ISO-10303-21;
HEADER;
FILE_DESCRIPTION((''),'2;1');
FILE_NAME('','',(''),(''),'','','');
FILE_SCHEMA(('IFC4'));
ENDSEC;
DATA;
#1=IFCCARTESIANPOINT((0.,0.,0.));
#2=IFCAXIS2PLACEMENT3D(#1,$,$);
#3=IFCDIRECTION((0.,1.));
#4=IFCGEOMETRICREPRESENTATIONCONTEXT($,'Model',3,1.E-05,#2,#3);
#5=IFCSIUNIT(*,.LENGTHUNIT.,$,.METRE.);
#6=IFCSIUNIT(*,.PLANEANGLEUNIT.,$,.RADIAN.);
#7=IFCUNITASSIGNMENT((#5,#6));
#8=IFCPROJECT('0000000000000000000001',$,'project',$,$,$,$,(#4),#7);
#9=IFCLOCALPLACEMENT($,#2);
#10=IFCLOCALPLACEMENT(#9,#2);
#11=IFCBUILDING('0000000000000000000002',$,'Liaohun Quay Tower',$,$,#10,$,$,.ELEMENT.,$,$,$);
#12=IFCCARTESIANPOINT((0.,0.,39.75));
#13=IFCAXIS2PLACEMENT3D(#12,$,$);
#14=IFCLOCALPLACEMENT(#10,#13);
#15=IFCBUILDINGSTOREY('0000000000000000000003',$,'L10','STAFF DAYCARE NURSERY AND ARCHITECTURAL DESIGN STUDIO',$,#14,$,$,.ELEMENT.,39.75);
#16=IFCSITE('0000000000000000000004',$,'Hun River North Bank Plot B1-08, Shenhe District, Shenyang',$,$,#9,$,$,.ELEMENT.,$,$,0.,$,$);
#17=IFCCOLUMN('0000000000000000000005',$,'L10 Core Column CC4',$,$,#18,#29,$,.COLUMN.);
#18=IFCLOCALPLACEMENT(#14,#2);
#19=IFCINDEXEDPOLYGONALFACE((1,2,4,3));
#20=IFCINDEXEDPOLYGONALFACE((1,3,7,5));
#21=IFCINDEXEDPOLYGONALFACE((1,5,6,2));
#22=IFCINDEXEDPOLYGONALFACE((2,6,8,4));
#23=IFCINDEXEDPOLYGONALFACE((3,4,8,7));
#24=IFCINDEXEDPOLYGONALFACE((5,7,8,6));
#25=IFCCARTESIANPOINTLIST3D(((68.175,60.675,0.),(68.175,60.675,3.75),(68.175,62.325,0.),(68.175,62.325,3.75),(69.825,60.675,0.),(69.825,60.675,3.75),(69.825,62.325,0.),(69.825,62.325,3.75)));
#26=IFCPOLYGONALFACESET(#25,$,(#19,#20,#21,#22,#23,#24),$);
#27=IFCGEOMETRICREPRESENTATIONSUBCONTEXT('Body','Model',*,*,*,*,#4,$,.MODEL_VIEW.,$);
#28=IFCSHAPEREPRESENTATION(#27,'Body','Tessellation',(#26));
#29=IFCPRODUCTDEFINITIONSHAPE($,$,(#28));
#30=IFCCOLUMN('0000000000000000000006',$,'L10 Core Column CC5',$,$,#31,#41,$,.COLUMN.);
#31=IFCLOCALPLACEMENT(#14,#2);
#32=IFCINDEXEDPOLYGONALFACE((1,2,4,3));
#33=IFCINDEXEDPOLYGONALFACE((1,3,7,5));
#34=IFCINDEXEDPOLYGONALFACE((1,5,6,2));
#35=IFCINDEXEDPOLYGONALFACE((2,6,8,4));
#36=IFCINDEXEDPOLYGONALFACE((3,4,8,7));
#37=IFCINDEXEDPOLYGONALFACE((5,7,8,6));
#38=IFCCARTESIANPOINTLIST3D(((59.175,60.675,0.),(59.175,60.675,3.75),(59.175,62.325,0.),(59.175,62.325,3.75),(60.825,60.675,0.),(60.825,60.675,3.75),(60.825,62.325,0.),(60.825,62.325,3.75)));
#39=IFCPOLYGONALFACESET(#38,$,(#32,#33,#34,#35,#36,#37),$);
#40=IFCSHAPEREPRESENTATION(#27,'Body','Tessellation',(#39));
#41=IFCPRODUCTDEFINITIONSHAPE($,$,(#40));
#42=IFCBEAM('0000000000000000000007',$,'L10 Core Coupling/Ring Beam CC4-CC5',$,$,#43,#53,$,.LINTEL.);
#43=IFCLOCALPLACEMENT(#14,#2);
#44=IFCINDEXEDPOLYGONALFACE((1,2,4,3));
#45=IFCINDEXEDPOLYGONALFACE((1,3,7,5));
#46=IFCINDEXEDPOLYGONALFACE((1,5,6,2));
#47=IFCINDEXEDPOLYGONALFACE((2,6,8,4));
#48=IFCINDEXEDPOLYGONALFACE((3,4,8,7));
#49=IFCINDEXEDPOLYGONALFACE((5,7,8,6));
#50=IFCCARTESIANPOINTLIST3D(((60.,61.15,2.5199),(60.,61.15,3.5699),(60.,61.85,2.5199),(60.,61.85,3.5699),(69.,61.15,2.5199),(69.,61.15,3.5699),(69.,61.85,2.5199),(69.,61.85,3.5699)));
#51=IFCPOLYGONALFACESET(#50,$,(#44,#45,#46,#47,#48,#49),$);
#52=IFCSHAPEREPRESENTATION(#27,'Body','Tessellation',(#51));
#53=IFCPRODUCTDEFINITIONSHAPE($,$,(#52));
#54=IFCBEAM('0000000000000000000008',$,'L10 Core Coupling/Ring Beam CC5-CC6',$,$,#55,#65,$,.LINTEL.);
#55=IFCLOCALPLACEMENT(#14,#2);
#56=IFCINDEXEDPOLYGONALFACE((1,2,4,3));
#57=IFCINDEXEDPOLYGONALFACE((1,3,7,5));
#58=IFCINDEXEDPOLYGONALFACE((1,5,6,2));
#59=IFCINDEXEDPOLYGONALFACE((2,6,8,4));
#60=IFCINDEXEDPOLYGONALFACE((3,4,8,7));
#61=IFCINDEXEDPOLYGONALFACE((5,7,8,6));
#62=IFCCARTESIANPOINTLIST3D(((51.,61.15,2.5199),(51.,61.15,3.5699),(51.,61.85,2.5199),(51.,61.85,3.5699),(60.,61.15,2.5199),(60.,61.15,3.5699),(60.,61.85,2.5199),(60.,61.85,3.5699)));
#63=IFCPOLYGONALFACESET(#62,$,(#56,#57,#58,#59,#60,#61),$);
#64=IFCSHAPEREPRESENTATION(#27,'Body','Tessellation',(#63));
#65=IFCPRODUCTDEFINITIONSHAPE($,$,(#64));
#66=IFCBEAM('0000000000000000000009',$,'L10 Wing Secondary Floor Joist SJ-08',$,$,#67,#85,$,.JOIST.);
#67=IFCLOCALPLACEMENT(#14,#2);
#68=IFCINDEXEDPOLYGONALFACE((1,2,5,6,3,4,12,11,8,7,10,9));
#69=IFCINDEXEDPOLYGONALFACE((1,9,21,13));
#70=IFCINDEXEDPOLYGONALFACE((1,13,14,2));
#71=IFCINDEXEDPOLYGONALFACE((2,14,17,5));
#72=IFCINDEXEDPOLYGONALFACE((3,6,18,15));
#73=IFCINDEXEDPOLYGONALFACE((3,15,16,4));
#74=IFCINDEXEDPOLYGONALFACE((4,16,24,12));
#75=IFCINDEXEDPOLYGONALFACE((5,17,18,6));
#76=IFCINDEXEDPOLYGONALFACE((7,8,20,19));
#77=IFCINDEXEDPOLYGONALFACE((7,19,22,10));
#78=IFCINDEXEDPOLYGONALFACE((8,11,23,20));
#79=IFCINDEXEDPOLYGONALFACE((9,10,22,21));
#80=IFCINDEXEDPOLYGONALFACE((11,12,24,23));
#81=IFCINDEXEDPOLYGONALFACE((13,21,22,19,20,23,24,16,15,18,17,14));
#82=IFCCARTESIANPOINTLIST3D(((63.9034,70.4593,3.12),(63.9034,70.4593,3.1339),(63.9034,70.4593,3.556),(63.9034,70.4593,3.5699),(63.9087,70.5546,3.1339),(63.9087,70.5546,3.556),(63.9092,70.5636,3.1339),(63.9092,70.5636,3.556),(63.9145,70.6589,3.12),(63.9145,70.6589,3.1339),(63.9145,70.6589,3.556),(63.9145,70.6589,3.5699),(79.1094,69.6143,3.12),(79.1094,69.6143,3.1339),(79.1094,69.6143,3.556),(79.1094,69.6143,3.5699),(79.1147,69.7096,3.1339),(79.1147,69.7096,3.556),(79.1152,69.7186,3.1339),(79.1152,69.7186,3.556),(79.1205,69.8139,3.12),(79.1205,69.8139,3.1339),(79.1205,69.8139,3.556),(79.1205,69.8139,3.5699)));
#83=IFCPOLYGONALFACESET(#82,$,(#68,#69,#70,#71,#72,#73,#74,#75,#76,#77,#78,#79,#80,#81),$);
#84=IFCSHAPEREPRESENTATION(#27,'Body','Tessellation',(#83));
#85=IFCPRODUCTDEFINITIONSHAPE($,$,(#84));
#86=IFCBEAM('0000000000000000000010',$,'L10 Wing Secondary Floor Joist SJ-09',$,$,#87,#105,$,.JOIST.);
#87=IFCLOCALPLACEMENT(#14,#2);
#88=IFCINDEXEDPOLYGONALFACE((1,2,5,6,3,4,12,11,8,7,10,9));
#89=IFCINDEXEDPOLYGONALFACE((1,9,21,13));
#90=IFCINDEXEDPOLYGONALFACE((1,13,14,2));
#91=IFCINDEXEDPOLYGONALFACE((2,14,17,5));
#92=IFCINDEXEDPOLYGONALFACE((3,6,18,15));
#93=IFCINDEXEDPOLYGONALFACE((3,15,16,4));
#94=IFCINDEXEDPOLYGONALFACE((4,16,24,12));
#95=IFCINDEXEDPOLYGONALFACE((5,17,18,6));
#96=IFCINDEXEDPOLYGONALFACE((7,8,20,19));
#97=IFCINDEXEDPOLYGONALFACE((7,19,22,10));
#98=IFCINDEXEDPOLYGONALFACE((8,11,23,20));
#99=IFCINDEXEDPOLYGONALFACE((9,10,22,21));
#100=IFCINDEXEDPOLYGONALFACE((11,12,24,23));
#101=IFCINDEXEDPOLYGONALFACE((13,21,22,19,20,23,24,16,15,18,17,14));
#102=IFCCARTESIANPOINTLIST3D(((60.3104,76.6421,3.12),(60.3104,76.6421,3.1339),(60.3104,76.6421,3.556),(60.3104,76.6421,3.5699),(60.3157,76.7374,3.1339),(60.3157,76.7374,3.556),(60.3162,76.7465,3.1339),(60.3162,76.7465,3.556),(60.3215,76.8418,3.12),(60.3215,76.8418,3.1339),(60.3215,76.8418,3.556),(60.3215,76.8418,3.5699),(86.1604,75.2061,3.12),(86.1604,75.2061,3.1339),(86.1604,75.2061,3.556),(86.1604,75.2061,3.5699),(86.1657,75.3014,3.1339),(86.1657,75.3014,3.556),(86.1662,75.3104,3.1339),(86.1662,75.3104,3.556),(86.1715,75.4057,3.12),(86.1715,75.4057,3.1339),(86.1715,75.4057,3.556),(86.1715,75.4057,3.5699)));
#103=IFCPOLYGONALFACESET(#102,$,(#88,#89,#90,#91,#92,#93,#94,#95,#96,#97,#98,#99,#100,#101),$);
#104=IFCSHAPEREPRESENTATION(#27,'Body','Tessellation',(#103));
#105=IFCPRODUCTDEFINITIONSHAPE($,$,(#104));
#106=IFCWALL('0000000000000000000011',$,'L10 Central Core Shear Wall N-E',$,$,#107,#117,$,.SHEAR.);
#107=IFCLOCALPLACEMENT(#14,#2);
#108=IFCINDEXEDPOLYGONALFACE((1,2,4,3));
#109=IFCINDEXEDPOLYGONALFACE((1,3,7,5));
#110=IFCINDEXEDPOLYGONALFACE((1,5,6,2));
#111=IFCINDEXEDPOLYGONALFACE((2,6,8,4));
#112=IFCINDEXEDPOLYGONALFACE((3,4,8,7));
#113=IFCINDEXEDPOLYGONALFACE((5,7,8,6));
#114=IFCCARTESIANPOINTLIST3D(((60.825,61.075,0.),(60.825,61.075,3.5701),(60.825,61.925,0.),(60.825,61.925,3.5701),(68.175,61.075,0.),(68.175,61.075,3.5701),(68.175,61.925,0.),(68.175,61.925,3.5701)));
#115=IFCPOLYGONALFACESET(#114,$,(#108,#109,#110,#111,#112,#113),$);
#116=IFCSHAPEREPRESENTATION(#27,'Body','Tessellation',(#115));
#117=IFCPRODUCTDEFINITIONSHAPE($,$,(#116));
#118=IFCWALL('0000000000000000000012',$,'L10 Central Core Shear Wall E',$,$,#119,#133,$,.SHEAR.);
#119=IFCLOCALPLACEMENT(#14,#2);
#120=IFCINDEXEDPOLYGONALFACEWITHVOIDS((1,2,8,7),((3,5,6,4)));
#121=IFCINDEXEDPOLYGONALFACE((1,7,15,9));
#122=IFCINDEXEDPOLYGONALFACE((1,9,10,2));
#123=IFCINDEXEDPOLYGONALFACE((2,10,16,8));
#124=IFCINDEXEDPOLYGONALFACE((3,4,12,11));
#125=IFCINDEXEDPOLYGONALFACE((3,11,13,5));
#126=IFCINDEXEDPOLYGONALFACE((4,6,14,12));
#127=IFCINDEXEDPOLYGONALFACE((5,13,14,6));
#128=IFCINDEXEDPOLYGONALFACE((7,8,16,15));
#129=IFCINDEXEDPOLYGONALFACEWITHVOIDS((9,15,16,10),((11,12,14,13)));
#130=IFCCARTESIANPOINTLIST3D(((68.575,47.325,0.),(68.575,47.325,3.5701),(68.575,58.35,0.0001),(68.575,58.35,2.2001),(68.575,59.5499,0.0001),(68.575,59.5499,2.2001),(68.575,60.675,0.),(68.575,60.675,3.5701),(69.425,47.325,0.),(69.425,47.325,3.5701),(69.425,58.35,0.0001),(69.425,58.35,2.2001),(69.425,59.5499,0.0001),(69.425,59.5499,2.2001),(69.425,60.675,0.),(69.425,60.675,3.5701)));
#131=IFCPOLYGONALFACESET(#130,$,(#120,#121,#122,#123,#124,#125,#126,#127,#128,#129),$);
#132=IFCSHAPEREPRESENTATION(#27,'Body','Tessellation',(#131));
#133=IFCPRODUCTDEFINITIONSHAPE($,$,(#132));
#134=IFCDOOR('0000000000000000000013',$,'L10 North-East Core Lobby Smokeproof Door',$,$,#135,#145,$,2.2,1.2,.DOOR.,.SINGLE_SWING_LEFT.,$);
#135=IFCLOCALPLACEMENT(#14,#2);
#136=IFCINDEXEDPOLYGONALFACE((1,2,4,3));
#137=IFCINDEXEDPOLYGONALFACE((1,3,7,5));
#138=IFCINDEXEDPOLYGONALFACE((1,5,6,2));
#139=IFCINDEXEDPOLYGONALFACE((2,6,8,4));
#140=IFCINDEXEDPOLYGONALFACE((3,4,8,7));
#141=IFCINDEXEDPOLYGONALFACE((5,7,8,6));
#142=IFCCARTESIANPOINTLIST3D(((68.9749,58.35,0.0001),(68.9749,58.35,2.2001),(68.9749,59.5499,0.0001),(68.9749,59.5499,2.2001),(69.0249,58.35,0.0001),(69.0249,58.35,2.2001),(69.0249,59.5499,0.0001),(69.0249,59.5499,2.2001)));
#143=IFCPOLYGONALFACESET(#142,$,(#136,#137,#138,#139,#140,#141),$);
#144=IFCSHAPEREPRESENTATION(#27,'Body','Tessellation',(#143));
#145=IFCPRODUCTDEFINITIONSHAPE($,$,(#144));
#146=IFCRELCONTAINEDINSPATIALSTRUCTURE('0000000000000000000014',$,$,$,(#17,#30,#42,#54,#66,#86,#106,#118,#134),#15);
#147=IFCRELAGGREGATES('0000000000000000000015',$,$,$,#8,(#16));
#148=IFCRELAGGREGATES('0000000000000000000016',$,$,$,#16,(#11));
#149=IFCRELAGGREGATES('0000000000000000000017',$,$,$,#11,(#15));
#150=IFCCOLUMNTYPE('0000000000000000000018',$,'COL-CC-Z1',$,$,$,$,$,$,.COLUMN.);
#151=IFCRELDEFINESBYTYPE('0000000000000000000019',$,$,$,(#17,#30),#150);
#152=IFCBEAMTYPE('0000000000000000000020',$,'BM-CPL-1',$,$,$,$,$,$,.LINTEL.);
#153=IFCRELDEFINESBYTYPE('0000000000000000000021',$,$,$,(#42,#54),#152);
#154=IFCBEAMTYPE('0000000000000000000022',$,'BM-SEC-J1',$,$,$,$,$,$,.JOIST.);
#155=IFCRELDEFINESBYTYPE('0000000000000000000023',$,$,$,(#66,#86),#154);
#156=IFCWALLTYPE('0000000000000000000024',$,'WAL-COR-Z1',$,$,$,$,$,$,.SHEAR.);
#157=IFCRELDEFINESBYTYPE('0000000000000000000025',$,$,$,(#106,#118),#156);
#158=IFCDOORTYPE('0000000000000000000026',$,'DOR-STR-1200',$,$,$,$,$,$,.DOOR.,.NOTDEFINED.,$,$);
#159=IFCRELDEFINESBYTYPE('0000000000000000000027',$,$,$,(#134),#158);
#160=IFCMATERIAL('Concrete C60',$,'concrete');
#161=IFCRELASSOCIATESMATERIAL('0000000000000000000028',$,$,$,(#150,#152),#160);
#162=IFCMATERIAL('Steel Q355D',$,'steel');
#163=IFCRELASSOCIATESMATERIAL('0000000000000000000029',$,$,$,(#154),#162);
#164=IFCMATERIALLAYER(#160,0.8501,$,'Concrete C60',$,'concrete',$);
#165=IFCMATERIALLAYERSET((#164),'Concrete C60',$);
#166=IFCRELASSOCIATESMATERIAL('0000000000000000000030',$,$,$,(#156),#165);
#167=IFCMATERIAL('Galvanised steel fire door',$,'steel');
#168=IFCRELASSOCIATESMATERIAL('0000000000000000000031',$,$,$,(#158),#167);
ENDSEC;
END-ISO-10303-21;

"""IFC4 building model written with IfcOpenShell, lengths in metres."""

from ifc_helpers import new_model, si_unit, direction, frame, frame_2d, origin, origin_2d, place, context, subcontext, project, spatial, rectangle, i_section, extrude, source, transform, mapped, material, layer, layer_set, material_profile, profile_set, type_object, element, fill, save


model = new_model("IFC4")

# Units and contexts
model_context = context("Model", 3, precision=1e-05, world=origin(), true_north=direction((0.0, 1.0)))
body_context = subcontext(model_context, "Body", "Model", "MODEL_VIEW")
ifc_project = project(units=[si_unit("LENGTHUNIT", "METRE"), si_unit("PLANEANGLEUNIT", "RADIAN")], contexts=[model_context])

# Site, building, storey
site_placement = place(None, origin())
site = spatial("IfcSite", under=ifc_project, at=site_placement, Name="Hun River North Bank Plot B1-08, Shenhe District, Shenyang", CompositionType="ELEMENT", RefElevation=0.0)
building_placement = place(site_placement, origin())
building = spatial("IfcBuilding", under=site, at=building_placement, Name="Liaohun Quay Tower", CompositionType="ELEMENT")
storey_placement = place(building_placement, frame((0.0, 0.0, 39.75)))
storey = spatial("IfcBuildingStorey", under=building, at=storey_placement, Name="L10", Description="STAFF DAYCARE NURSERY AND ARCHITECTURAL DESIGN STUDIO", CompositionType="ELEMENT", Elevation=39.75)

# Columns
ifc_material_1 = material(Name="Concrete C60", Category="concrete")
ifc_material_profile_1 = material_profile(ifc_material_1, rectangle(XDim=1.6499, YDim=1.6499, at=origin_2d()), Name="RC1650x1650")
ifc_profile_set_1 = profile_set([ifc_material_profile_1], Name="Concrete C60")
column_type = type_object("IfcColumnType", Name="COL-CC-Z1", PredefinedType="COLUMN", material=ifc_profile_set_1)
shared_shape_1 = source(origin(), body_context, "Body", "SweptSolid", [
    extrude(rectangle(XDim=1.6499, YDim=1.6499, at=origin_2d()), origin(), (0.0, 0.0, 1.0), 3.75),
])
for number, where, z_axis, x_axis, name in (
    (1, (69.0, 61.5, 0.0), (0.0, 0.0, 1.0), (1.0, 0.0, 0.0), "L10 Core Column CC4"),
    (2, (60.0, 61.5, 0.0), (0.0, 0.0, 1.0), (1.0, 0.0, 0.0), "L10 Core Column CC5"),
):
    element("IfcColumn", number, at=place(storey_placement, frame(where, z_axis=z_axis, x_axis=x_axis)), inside=storey, type_object=column_type, Name=name, PredefinedType="COLUMN", context=body_context, shape_type="MappedRepresentation", body=[
        mapped(shared_shape_1, transform((0.0, 0.0, 0.0), x_axis=(1.0, 0.0, 0.0), y_axis=(0.0, 1.0, 0.0), z_axis=(0.0, 0.0, 1.0), scale=1.0)),
    ])

# Beams
ifc_material_profile_2 = material_profile(ifc_material_1, rectangle(XDim=0.7, YDim=1.05, at=origin_2d()), Name="RC700x1050")
ifc_profile_set_2 = profile_set([ifc_material_profile_2], Name="Concrete C60")
beam_type_1 = type_object("IfcBeamType", Name="BM-CPL-1", PredefinedType="LINTEL", material=ifc_profile_set_2)
shared_shape_2 = source(origin(), body_context, "Body", "SweptSolid", [
    extrude(rectangle(XDim=0.7, YDim=1.05, at=origin_2d()), origin(), (0.0, 0.0, 1.0), 9.0),
])
for number, where, z_axis, x_axis, name in (
    (3, (69.0, 61.5, 3.0449), (-1.0, 0.0, 0.0), (0.0, -1.0, 0.0), "L10 Core Coupling/Ring Beam CC4-CC5"),
    (4, (60.0, 61.5, 3.0449), (-1.0, 0.0, 0.0), (0.0, -1.0, 0.0), "L10 Core Coupling/Ring Beam CC5-CC6"),
):
    element("IfcBeam", number, at=place(storey_placement, frame(where, z_axis=z_axis, x_axis=x_axis)), inside=storey, type_object=beam_type_1, Name=name, PredefinedType="LINTEL", context=body_context, shape_type="MappedRepresentation", body=[
        mapped(shared_shape_2, transform((0.0, 0.0, 0.0), x_axis=(1.0, 0.0, 0.0), y_axis=(0.0, 1.0, 0.0), z_axis=(0.0, 0.0, 1.0), scale=1.0)),
    ])
ifc_material_2 = material(Name="Steel Q355D", Category="steel")
ifc_material_profile_3 = material_profile(ifc_material_2, i_section(OverallWidth=0.2, OverallDepth=0.45, WebThickness=0.009, FlangeThickness=0.0139, at=origin_2d()), Name="HN450x200x9x14")
ifc_profile_set_3 = profile_set([ifc_material_profile_3], Name="Steel Q355D")
beam_type_2 = type_object("IfcBeamType", Name="BM-SEC-J1", PredefinedType="JOIST", material=ifc_profile_set_3)
shared_shape_3 = source(origin(), body_context, "Body", "SweptSolid", [
    extrude(i_section(OverallWidth=0.2, OverallDepth=0.45, WebThickness=0.009, FlangeThickness=0.0139, at=origin_2d()), origin(), (0.0, 0.0, 1.0), 15.2295),
])
beam_1_placement = place(storey_placement, frame((63.9089, 70.5591, 3.345), z_axis=(0.99846, -0.055482, 0.0), x_axis=(0.055482, 0.99846, 0.0)))
element("IfcBeam", 5, at=beam_1_placement, inside=storey, type_object=beam_type_2, Name="L10 Wing Secondary Floor Joist SJ-08", PredefinedType="JOIST", context=body_context, shape_type="MappedRepresentation", body=[
    mapped(shared_shape_3, transform((0.0, 0.0, 0.0), x_axis=(1.0, 0.0, 0.0), y_axis=(0.0, 1.0, 0.0), z_axis=(0.0, 0.0, 1.0), scale=1.0)),
])
shared_shape_4 = source(origin(), body_context, "Body", "SweptSolid", [
    extrude(i_section(OverallWidth=0.2, OverallDepth=0.45, WebThickness=0.009, FlangeThickness=0.0139, at=origin_2d()), origin(), (0.0, 0.0, 1.0), 25.8899),
])
beam_2_placement = place(storey_placement, frame((60.3159, 76.7419, 3.345), z_axis=(0.998461, -0.055467, 0.0), x_axis=(0.055467, 0.998461, 0.0)))
element("IfcBeam", 6, at=beam_2_placement, inside=storey, type_object=beam_type_2, Name="L10 Wing Secondary Floor Joist SJ-09", PredefinedType="JOIST", context=body_context, shape_type="MappedRepresentation", body=[
    mapped(shared_shape_4, transform((0.0, 0.0, 0.0), x_axis=(1.0, 0.0, 0.0), y_axis=(0.0, 1.0, 0.0), z_axis=(0.0, 0.0, 1.0), scale=1.0)),
])

# Wall
ifc_layer_1 = layer(ifc_material_1, 0.8501, Name="Concrete C60", Category="concrete")
ifc_layer_set_1 = layer_set([ifc_layer_1], Name="Concrete C60")
wall_type_1 = type_object("IfcWallType", Name="WAL-COR-Z1", PredefinedType="SHEAR", material=ifc_layer_set_1)
wall_1_placement = place(storey_placement, frame((60.825, 61.5, 0.0), z_axis=(0.0, 0.0, 1.0), x_axis=(1.0, 0.0, 0.0)))
element("IfcWall", 7, at=wall_1_placement, inside=storey, type_object=wall_type_1, Name="L10 Central Core Shear Wall N-E", PredefinedType="SHEAR", context=body_context, shape_type="SweptSolid", body=[
    extrude(rectangle(XDim=7.3501, YDim=0.8501, at=frame_2d((3.675, 0.0))), origin(), (0.0, 0.0, 1.0), 3.5701),
])

# Wall, opening, door
wall_2_placement = place(storey_placement, frame((69.0, 60.675, 0.0), z_axis=(0.0, 0.0, 1.0), x_axis=(0.0, -1.0, 0.0)))
wall_2 = element("IfcWall", 8, at=wall_2_placement, inside=storey, type_object=wall_type_1, Name="L10 Central Core Shear Wall E", PredefinedType="SHEAR", context=body_context, shape_type="SweptSolid", body=[
    extrude(rectangle(XDim=13.3501, YDim=0.8501, at=frame_2d((6.675, 0.0))), origin(), (0.0, 0.0, 1.0), 3.5701),
])
shared_shape_5 = source(origin(), body_context, "Body", "SweptSolid", [
    extrude(rectangle(XDim=1.2, YDim=2.2, at=frame_2d((0.6001, 1.1001))), frame((0.0, 0.4351, 0.0), z_axis=(0.0, -1.0, 0.0), x_axis=(1.0, 0.0, 0.0)), (0.0, 0.0, 1.0), 0.8701),
])
opening_1_placement = place(wall_2_placement, frame((1.125, 0.0, 0.0)))
opening_1 = element("IfcOpeningElement", 9, at=opening_1_placement, cuts=wall_2, PredefinedType="OPENING", context=body_context, shape_type="MappedRepresentation", body=[
    mapped(shared_shape_5, transform((0.0, 0.0, 0.0), x_axis=(1.0, 0.0, 0.0), y_axis=(0.0, 1.0, 0.0), z_axis=(0.0, 0.0, 1.0), scale=1.0)),
])
ifc_material_3 = material(Name="Galvanised steel fire door", Category="steel")
door_type_1 = type_object("IfcDoorType", Name="DOR-STR-1200", OperationType="NOTDEFINED", PredefinedType="DOOR", material=ifc_material_3)
shared_shape_6 = source(origin(), body_context, "Body", "SweptSolid", [
    extrude(rectangle(XDim=1.2, YDim=2.2, at=frame_2d((0.6001, 1.1001))), frame((0.0, 0.0249, 0.0), z_axis=(0.0, -1.0, 0.0), x_axis=(1.0, 0.0, 0.0)), (0.0, 0.0, 1.0), 0.05),
])
door_1_placement = place(opening_1_placement, origin())
door_1 = element("IfcDoor", 10, at=door_1_placement, inside=storey, type_object=door_type_1, Name="L10 North-East Core Lobby Smokeproof Door", OperationType="SINGLE_SWING_LEFT", OverallHeight=2.2, OverallWidth=1.2, PredefinedType="DOOR", context=body_context, shape_type="MappedRepresentation", body=[
    mapped(shared_shape_6, transform((0.0, 0.0, 0.0), x_axis=(1.0, 0.0, 0.0), y_axis=(0.0, 1.0, 0.0), z_axis=(0.0, 0.0, 1.0), scale=1.0)),
])
fill(opening_1, door_1)

save(model, "model.ifc")
